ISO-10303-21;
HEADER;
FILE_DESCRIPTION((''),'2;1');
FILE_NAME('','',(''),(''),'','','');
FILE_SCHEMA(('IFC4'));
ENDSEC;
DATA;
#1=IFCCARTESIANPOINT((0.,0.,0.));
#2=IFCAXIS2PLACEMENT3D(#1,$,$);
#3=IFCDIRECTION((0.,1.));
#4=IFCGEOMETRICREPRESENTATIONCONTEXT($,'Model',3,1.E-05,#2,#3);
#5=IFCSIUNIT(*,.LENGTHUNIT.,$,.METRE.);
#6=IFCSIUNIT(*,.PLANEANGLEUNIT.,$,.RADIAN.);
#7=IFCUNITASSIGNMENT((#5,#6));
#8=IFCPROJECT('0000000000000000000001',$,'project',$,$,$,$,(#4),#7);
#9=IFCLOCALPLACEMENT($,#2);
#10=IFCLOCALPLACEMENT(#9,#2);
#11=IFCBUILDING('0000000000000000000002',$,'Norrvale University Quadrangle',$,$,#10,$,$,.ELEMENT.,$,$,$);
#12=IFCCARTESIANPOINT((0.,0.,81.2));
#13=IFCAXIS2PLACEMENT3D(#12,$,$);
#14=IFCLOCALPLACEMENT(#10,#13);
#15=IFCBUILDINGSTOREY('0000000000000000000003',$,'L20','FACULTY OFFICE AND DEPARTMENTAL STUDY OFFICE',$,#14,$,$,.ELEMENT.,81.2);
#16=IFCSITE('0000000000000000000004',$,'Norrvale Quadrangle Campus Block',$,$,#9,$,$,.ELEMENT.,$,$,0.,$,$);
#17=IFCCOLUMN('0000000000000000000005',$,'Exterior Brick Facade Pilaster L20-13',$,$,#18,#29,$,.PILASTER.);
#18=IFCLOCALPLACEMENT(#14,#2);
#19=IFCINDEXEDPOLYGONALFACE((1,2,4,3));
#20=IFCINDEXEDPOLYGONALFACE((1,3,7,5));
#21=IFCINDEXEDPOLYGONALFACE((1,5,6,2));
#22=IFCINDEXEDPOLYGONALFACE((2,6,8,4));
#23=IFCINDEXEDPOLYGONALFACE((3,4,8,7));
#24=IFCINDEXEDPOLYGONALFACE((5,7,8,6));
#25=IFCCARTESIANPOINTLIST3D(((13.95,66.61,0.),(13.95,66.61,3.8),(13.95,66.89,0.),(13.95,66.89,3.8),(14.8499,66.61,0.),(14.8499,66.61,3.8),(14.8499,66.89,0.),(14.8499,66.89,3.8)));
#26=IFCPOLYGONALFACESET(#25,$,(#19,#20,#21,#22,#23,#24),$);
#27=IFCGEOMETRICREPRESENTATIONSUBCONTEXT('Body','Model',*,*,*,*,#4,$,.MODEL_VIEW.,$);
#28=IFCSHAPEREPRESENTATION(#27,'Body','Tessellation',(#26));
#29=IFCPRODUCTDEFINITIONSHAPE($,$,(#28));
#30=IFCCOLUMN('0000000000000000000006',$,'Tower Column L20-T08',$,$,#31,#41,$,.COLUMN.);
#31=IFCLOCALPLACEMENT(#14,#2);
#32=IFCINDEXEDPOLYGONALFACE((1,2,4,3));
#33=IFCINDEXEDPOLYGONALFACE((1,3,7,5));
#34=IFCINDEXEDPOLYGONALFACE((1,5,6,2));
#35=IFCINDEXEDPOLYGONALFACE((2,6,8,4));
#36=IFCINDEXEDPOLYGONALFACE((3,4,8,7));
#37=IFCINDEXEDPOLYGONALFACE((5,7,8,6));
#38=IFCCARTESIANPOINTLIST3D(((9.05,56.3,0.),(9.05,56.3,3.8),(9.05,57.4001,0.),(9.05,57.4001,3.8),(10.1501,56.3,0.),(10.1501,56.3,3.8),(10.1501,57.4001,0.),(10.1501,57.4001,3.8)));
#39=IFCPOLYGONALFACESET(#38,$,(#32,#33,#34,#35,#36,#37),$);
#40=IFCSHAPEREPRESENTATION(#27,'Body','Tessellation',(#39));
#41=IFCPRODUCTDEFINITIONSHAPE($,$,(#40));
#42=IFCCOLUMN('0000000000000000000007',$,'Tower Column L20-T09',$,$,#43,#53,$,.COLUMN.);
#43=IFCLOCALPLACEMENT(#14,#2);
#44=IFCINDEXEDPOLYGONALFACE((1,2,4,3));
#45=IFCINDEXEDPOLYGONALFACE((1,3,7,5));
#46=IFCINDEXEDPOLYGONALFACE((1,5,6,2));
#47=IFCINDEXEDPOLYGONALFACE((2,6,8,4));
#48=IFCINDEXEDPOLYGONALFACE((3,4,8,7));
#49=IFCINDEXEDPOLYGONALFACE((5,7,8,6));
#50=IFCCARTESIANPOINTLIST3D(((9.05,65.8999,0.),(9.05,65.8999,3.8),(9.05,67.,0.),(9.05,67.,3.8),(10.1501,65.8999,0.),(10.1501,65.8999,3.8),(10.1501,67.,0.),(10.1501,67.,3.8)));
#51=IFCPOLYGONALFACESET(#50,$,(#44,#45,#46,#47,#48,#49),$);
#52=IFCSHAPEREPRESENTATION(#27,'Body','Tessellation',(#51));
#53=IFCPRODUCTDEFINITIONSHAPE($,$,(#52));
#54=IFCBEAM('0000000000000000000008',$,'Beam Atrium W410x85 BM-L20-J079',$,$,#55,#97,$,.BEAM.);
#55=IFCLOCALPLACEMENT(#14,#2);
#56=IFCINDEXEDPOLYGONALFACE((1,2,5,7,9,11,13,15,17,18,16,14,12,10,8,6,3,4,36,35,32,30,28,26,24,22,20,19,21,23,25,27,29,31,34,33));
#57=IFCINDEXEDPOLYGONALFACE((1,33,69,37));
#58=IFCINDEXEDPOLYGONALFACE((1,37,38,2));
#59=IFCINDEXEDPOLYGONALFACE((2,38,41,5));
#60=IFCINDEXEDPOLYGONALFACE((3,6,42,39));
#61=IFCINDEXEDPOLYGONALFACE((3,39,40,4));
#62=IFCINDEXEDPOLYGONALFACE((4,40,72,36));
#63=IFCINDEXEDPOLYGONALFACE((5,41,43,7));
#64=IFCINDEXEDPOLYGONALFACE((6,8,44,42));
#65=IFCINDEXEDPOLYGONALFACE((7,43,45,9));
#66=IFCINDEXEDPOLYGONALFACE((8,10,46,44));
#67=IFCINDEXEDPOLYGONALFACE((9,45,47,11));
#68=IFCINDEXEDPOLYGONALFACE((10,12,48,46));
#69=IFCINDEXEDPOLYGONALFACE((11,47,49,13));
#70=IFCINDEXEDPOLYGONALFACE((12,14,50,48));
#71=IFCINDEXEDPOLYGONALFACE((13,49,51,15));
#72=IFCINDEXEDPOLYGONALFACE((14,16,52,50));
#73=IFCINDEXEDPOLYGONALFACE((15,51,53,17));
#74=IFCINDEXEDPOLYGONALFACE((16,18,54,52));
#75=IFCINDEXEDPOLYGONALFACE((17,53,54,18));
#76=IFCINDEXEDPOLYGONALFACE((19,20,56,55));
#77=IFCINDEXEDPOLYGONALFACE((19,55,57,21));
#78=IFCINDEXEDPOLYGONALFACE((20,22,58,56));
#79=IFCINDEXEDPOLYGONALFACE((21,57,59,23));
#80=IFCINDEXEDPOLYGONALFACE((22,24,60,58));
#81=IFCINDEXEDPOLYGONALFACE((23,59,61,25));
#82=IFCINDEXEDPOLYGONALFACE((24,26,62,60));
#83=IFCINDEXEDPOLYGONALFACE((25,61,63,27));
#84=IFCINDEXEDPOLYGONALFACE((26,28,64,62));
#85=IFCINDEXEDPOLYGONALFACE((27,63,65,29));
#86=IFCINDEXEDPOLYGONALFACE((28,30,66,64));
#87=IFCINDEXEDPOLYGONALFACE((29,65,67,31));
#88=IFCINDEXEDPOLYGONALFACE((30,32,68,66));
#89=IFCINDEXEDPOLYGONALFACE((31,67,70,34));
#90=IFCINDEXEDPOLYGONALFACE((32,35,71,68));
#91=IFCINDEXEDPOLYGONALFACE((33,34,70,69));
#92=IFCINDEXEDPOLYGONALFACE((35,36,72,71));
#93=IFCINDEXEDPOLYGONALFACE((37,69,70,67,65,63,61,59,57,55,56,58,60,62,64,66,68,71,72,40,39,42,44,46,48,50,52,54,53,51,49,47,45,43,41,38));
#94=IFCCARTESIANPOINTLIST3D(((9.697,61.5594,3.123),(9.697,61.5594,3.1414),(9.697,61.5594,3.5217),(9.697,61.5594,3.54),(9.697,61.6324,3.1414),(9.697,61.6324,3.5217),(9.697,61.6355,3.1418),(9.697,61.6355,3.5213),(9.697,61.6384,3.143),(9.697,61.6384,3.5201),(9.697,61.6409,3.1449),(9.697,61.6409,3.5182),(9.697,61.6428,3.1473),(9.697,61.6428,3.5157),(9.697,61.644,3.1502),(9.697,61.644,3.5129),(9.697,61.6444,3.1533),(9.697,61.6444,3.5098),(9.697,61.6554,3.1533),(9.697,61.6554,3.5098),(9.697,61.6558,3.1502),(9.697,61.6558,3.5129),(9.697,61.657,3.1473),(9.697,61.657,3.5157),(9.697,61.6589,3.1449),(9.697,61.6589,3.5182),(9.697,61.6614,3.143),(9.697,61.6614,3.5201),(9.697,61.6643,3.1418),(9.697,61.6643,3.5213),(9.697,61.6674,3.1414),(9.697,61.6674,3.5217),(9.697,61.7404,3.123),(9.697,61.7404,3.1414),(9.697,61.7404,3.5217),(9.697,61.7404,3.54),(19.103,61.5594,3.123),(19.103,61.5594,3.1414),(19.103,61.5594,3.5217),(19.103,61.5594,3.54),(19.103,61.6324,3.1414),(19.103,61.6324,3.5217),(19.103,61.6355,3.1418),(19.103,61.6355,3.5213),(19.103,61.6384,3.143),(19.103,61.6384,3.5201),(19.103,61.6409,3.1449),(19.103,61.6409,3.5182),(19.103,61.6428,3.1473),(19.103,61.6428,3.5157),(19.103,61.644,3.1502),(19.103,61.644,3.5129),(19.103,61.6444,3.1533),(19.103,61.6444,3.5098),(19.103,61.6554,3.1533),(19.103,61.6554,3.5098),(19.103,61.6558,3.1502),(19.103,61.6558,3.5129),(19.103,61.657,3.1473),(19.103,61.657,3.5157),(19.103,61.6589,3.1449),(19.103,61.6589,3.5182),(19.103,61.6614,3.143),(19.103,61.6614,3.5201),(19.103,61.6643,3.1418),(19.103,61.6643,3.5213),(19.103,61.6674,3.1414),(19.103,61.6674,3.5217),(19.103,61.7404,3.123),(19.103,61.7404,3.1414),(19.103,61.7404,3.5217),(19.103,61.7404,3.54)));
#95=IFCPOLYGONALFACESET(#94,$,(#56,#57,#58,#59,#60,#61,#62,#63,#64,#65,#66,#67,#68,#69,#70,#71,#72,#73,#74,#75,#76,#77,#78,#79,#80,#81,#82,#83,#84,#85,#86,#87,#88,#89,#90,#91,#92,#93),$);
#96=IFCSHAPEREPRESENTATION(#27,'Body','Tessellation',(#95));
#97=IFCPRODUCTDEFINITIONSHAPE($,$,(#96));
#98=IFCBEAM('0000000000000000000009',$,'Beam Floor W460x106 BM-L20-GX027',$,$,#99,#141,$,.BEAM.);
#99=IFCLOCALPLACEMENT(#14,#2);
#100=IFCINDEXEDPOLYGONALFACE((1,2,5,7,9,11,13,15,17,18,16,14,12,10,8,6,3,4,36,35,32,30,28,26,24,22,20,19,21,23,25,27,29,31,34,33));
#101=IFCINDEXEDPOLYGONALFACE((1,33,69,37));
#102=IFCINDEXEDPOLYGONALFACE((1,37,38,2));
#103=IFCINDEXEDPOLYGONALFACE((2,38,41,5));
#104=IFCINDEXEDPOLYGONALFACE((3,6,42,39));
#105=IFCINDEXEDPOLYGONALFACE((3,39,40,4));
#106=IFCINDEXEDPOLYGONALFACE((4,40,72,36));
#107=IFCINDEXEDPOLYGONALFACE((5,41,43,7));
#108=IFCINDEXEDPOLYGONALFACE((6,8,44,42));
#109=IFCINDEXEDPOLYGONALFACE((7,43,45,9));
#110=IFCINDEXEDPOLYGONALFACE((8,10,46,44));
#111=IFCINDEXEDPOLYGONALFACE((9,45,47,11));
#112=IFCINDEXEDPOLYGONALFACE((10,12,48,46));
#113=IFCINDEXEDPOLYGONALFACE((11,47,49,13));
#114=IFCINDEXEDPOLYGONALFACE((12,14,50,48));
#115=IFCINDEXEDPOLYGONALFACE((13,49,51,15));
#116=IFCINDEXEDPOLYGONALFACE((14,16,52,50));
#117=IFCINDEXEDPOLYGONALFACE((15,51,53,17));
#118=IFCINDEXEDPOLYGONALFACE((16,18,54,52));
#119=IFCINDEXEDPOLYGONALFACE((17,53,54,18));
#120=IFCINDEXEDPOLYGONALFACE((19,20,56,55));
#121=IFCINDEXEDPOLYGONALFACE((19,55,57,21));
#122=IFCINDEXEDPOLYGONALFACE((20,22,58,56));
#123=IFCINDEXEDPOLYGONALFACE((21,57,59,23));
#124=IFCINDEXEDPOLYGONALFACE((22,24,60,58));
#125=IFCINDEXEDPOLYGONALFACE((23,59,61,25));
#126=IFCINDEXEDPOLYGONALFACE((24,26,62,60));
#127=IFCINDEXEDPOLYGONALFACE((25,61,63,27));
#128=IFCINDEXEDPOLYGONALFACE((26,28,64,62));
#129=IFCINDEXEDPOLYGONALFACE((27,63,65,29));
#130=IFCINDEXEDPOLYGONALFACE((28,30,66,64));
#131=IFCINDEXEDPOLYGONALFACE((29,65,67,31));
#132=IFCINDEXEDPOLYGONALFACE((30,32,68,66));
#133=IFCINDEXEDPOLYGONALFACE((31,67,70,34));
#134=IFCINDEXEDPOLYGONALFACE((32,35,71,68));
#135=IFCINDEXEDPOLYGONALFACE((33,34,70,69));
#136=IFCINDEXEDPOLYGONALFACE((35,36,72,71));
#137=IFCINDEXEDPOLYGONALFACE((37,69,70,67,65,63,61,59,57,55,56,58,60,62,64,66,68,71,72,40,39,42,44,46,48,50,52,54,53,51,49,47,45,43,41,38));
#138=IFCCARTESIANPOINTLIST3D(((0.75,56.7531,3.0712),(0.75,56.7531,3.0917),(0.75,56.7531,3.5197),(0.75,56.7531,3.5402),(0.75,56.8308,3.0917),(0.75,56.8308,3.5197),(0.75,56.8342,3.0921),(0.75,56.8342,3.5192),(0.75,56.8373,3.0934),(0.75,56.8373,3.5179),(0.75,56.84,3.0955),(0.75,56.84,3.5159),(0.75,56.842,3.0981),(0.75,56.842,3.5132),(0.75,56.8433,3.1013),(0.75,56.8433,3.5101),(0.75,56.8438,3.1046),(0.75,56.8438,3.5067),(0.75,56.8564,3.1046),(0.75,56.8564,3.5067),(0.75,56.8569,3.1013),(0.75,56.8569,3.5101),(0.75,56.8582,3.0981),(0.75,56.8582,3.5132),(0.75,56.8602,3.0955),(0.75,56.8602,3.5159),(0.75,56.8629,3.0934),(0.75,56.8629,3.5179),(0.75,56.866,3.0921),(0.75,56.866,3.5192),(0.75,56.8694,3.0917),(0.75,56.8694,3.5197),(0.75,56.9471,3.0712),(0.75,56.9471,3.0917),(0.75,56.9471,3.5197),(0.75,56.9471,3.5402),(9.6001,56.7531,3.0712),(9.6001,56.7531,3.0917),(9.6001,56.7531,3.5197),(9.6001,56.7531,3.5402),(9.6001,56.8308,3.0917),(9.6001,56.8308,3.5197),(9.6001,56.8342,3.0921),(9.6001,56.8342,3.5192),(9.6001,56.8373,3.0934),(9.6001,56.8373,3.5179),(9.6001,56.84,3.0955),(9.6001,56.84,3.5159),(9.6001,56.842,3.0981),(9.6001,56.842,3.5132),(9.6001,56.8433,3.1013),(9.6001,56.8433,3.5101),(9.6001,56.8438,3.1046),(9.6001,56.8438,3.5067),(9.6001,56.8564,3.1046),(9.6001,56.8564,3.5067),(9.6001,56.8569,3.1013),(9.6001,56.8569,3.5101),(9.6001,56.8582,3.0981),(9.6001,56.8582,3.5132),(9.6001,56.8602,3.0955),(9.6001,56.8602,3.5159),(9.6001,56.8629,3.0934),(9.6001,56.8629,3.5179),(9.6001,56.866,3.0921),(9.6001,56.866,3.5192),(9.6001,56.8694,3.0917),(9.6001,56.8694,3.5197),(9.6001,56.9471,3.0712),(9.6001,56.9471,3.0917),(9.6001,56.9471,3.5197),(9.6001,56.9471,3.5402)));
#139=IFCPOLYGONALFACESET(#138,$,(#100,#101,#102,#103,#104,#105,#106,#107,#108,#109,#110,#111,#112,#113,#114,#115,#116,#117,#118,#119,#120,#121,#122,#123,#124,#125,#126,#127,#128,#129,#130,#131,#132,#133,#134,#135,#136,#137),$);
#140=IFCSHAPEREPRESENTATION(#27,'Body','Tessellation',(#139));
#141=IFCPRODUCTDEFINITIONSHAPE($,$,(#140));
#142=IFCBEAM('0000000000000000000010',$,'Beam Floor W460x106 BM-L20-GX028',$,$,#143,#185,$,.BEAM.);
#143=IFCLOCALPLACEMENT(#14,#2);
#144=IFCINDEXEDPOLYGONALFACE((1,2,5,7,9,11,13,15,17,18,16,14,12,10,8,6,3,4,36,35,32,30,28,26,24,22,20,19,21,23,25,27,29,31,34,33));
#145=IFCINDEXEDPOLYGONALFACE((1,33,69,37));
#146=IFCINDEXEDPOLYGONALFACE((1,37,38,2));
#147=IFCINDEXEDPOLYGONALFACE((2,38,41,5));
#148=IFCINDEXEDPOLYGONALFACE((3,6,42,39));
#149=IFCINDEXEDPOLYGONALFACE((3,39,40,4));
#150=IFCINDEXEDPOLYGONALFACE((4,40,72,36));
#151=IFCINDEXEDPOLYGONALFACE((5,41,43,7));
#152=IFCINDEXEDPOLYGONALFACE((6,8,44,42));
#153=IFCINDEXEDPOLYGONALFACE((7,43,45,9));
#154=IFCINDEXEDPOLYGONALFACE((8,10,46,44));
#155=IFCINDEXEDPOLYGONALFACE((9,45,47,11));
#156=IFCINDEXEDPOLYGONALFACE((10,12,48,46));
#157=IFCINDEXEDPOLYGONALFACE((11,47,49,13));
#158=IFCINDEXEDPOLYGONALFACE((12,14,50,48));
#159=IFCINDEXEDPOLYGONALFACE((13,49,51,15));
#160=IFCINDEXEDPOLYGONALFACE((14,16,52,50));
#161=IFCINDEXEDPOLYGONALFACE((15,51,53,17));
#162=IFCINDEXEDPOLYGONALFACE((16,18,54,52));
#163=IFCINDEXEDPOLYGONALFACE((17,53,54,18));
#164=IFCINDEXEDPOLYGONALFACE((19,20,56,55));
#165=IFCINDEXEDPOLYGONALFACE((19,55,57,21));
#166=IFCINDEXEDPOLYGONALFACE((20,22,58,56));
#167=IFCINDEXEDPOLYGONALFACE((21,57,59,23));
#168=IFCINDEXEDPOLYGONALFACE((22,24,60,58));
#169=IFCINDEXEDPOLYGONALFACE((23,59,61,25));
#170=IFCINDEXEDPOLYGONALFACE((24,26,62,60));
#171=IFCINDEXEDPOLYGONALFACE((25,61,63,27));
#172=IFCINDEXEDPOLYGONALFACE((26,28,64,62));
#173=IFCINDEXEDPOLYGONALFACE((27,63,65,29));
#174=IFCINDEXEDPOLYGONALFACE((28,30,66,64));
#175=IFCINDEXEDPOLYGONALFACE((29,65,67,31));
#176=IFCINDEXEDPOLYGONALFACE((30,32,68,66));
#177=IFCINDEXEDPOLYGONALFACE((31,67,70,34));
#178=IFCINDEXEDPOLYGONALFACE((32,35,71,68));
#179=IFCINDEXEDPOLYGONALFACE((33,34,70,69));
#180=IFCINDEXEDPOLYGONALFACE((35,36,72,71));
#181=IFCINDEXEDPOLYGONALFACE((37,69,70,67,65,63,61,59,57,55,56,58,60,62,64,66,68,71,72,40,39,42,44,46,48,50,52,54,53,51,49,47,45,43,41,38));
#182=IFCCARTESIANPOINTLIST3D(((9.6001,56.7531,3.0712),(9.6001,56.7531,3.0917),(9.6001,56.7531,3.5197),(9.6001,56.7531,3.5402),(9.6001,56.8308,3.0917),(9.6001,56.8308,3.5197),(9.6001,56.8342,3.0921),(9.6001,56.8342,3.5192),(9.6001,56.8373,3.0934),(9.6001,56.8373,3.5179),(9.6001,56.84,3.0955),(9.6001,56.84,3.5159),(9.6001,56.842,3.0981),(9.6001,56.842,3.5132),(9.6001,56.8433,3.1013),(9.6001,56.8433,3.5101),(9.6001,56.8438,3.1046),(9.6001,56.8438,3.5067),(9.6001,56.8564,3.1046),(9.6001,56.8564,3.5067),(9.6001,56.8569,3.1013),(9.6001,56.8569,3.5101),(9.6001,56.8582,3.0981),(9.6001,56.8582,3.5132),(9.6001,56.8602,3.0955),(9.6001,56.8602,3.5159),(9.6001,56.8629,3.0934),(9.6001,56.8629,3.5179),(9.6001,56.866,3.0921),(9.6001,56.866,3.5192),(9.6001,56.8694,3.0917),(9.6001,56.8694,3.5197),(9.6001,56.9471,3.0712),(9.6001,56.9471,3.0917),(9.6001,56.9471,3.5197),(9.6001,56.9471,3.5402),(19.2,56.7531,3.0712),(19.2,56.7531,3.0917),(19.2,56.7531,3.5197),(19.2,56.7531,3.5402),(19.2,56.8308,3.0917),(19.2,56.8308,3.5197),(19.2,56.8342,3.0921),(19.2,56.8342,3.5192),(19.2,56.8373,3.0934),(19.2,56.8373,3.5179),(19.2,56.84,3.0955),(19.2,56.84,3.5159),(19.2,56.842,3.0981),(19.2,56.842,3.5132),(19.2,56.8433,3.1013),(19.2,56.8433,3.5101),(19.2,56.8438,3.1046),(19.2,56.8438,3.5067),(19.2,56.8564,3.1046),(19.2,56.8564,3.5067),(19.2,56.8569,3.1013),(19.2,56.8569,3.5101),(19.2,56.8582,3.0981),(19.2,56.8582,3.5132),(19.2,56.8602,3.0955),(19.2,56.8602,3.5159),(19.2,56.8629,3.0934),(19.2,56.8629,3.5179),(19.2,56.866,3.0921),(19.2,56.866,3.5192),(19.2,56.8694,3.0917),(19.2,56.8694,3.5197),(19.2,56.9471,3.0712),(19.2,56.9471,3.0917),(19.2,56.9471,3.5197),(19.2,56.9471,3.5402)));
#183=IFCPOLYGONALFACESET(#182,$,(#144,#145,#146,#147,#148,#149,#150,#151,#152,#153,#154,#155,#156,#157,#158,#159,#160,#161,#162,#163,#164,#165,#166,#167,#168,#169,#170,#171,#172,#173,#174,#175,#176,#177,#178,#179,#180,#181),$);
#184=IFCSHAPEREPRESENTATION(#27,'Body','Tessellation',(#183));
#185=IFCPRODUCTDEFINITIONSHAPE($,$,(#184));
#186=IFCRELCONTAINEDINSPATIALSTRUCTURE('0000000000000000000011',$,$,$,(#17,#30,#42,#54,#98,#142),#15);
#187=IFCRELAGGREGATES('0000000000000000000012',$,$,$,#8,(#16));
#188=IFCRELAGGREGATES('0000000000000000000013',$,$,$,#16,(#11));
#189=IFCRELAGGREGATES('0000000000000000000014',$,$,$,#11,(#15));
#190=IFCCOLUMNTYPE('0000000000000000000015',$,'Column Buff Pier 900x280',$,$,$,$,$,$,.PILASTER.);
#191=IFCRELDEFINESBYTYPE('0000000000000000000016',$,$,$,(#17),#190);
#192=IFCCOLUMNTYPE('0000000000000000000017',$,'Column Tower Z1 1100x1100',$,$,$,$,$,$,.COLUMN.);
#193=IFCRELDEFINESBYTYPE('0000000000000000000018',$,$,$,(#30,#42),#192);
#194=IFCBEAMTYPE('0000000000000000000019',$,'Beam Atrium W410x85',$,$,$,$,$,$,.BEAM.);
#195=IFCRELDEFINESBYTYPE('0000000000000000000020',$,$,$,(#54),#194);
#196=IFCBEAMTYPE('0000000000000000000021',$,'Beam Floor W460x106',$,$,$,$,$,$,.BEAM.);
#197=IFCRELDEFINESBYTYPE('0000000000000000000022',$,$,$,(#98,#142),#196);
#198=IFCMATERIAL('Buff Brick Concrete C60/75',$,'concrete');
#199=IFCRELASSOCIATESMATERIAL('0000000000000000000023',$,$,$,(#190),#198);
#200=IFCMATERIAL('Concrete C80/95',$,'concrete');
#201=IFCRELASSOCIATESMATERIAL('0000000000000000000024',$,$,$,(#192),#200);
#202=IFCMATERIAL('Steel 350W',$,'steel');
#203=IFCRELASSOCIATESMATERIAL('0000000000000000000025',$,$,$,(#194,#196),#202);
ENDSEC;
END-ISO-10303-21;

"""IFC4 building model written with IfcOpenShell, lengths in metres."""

from ifc_helpers import new_model, si_unit, direction, frame, origin, origin_2d, place, context, subcontext, project, spatial, rectangle, i_section, extrude, material, material_profile, profile_set, type_object, element, save


model = new_model("IFC4")

# Units and contexts
model_context = context("Model", 3, precision=1e-05, world=origin(), true_north=direction((0.0, 1.0)))
body_context = subcontext(model_context, "Body", "Model", "MODEL_VIEW")
ifc_project = project(units=[si_unit("LENGTHUNIT", "METRE"), si_unit("PLANEANGLEUNIT", "RADIAN")], contexts=[model_context])

# Site, building, storey
site_placement = place(None, origin())
site = spatial("IfcSite", under=ifc_project, at=site_placement, Name="Norrvale Quadrangle Campus Block", CompositionType="ELEMENT", RefElevation=0.0)
building_placement = place(site_placement, origin())
building = spatial("IfcBuilding", under=site, at=building_placement, Name="Norrvale University Quadrangle", CompositionType="ELEMENT")
storey_placement = place(building_placement, frame((0.0, 0.0, 81.2)))
storey = spatial("IfcBuildingStorey", under=building, at=storey_placement, Name="L20", Description="FACULTY OFFICE AND DEPARTMENTAL STUDY OFFICE", CompositionType="ELEMENT", Elevation=81.2)

# Columns
ifc_material_1 = material(Name="Buff Brick Concrete C60/75", Category="concrete")
ifc_material_profile_1 = material_profile(ifc_material_1, rectangle(XDim=0.8999, YDim=0.28, at=origin_2d()), Name="Buff Brick Concrete C60/75")
ifc_profile_set_1 = profile_set([ifc_material_profile_1], Name="Buff Brick Concrete C60/75")
column_type_1 = type_object("IfcColumnType", Name="Column Buff Pier 900x280", PredefinedType="PILASTER", material=ifc_profile_set_1)
column_placement = place(storey_placement, frame((14.3999, 66.75, 0.0), z_axis=(0.0, 0.0, 1.0), x_axis=(1.0, 0.0, 0.0)))
element("IfcColumn", 1, at=column_placement, inside=storey, type_object=column_type_1, Name="Exterior Brick Facade Pilaster L20-13", PredefinedType="PILASTER", context=body_context, shape_type="SweptSolid", body=[
    extrude(rectangle(XDim=0.8999, YDim=0.28, at=origin_2d()), origin(), (0.0, 0.0, 1.0), 3.8),
])
ifc_material_2 = material(Name="Concrete C80/95", Category="concrete")
ifc_material_profile_2 = material_profile(ifc_material_2, rectangle(XDim=1.1001, YDim=1.1001, at=origin_2d()), Name="Concrete C80/95")
ifc_profile_set_2 = profile_set([ifc_material_profile_2], Name="Concrete C80/95")
column_type_2 = type_object("IfcColumnType", Name="Column Tower Z1 1100x1100", PredefinedType="COLUMN", material=ifc_profile_set_2)
for number, where, z_axis, x_axis, name in (
    (2, (9.6001, 56.8501, 0.0), (0.0, 0.0, 1.0), (1.0, 0.0, 0.0), "Tower Column L20-T08"),
    (3, (9.6001, 66.45, 0.0), (0.0, 0.0, 1.0), (1.0, 0.0, 0.0), "Tower Column L20-T09"),
):
    element("IfcColumn", number, at=place(storey_placement, frame(where, z_axis=z_axis, x_axis=x_axis)), inside=storey, type_object=column_type_2, Name=name, PredefinedType="COLUMN", context=body_context, shape_type="SweptSolid", body=[
        extrude(rectangle(XDim=1.1001, YDim=1.1001, at=origin_2d()), origin(), (0.0, 0.0, 1.0), 3.8),
    ])

# Beams
ifc_material_3 = material(Name="Steel 350W", Category="steel")
ifc_material_profile_3 = material_profile(ifc_material_3, i_section(OverallWidth=0.1809, OverallDepth=0.417, WebThickness=0.011, FlangeThickness=0.0183, FilletRadius=0.012, at=origin_2d()), Name="Steel 350W")
ifc_profile_set_3 = profile_set([ifc_material_profile_3], Name="Steel 350W")
beam_type_1 = type_object("IfcBeamType", Name="Beam Atrium W410x85", PredefinedType="BEAM", material=ifc_profile_set_3)
beam_1_placement = place(storey_placement, frame((9.697, 61.6499, 3.3315), z_axis=(1.0, 0.0, 0.0), x_axis=(0.0, 1.0, 0.0)))
element("IfcBeam", 4, at=beam_1_placement, inside=storey, type_object=beam_type_1, Name="Beam Atrium W410x85 BM-L20-J079", PredefinedType="BEAM", context=body_context, shape_type="SweptSolid", body=[
    extrude(i_section(OverallWidth=0.1809, OverallDepth=0.417, WebThickness=0.011, FlangeThickness=0.0183, FilletRadius=0.012, at=origin_2d()), origin(), (0.0, 0.0, 1.0), 9.406),
])
ifc_material_profile_4 = material_profile(ifc_material_3, i_section(OverallWidth=0.1941, OverallDepth=0.469, WebThickness=0.0127, FlangeThickness=0.0205, FilletRadius=0.0129, at=origin_2d()), Name="Steel 350W")
ifc_profile_set_4 = profile_set([ifc_material_profile_4], Name="Steel 350W")
beam_type_2 = type_object("IfcBeamType", Name="Beam Floor W460x106", PredefinedType="BEAM", material=ifc_profile_set_4)
beam_2_placement = place(storey_placement, frame((0.75, 56.8501, 3.3057), z_axis=(1.0, 0.0, 0.0), x_axis=(0.0, 1.0, 0.0)))
element("IfcBeam", 5, at=beam_2_placement, inside=storey, type_object=beam_type_2, Name="Beam Floor W460x106 BM-L20-GX027", PredefinedType="BEAM", context=body_context, shape_type="SweptSolid", body=[
    extrude(i_section(OverallWidth=0.1941, OverallDepth=0.469, WebThickness=0.0127, FlangeThickness=0.0205, FilletRadius=0.0129, at=origin_2d()), origin(), (0.0, 0.0, 1.0), 8.8501),
])
for number, where, z_axis, x_axis, name in (
    (6, (9.6001, 56.8501, 3.3057), (1.0, 0.0, 0.0), (0.0, 1.0, 0.0), "Beam Floor W460x106 BM-L20-GX028"),
):
    element("IfcBeam", number, at=place(storey_placement, frame(where, z_axis=z_axis, x_axis=x_axis)), inside=storey, type_object=beam_type_2, Name=name, PredefinedType="BEAM", context=body_context, shape_type="SweptSolid", body=[
        extrude(i_section(OverallWidth=0.1941, OverallDepth=0.469, WebThickness=0.0127, FlangeThickness=0.0205, FilletRadius=0.0129, at=origin_2d()), origin(), (0.0, 0.0, 1.0), 9.5999),
    ])

save(model, "model.ifc")
